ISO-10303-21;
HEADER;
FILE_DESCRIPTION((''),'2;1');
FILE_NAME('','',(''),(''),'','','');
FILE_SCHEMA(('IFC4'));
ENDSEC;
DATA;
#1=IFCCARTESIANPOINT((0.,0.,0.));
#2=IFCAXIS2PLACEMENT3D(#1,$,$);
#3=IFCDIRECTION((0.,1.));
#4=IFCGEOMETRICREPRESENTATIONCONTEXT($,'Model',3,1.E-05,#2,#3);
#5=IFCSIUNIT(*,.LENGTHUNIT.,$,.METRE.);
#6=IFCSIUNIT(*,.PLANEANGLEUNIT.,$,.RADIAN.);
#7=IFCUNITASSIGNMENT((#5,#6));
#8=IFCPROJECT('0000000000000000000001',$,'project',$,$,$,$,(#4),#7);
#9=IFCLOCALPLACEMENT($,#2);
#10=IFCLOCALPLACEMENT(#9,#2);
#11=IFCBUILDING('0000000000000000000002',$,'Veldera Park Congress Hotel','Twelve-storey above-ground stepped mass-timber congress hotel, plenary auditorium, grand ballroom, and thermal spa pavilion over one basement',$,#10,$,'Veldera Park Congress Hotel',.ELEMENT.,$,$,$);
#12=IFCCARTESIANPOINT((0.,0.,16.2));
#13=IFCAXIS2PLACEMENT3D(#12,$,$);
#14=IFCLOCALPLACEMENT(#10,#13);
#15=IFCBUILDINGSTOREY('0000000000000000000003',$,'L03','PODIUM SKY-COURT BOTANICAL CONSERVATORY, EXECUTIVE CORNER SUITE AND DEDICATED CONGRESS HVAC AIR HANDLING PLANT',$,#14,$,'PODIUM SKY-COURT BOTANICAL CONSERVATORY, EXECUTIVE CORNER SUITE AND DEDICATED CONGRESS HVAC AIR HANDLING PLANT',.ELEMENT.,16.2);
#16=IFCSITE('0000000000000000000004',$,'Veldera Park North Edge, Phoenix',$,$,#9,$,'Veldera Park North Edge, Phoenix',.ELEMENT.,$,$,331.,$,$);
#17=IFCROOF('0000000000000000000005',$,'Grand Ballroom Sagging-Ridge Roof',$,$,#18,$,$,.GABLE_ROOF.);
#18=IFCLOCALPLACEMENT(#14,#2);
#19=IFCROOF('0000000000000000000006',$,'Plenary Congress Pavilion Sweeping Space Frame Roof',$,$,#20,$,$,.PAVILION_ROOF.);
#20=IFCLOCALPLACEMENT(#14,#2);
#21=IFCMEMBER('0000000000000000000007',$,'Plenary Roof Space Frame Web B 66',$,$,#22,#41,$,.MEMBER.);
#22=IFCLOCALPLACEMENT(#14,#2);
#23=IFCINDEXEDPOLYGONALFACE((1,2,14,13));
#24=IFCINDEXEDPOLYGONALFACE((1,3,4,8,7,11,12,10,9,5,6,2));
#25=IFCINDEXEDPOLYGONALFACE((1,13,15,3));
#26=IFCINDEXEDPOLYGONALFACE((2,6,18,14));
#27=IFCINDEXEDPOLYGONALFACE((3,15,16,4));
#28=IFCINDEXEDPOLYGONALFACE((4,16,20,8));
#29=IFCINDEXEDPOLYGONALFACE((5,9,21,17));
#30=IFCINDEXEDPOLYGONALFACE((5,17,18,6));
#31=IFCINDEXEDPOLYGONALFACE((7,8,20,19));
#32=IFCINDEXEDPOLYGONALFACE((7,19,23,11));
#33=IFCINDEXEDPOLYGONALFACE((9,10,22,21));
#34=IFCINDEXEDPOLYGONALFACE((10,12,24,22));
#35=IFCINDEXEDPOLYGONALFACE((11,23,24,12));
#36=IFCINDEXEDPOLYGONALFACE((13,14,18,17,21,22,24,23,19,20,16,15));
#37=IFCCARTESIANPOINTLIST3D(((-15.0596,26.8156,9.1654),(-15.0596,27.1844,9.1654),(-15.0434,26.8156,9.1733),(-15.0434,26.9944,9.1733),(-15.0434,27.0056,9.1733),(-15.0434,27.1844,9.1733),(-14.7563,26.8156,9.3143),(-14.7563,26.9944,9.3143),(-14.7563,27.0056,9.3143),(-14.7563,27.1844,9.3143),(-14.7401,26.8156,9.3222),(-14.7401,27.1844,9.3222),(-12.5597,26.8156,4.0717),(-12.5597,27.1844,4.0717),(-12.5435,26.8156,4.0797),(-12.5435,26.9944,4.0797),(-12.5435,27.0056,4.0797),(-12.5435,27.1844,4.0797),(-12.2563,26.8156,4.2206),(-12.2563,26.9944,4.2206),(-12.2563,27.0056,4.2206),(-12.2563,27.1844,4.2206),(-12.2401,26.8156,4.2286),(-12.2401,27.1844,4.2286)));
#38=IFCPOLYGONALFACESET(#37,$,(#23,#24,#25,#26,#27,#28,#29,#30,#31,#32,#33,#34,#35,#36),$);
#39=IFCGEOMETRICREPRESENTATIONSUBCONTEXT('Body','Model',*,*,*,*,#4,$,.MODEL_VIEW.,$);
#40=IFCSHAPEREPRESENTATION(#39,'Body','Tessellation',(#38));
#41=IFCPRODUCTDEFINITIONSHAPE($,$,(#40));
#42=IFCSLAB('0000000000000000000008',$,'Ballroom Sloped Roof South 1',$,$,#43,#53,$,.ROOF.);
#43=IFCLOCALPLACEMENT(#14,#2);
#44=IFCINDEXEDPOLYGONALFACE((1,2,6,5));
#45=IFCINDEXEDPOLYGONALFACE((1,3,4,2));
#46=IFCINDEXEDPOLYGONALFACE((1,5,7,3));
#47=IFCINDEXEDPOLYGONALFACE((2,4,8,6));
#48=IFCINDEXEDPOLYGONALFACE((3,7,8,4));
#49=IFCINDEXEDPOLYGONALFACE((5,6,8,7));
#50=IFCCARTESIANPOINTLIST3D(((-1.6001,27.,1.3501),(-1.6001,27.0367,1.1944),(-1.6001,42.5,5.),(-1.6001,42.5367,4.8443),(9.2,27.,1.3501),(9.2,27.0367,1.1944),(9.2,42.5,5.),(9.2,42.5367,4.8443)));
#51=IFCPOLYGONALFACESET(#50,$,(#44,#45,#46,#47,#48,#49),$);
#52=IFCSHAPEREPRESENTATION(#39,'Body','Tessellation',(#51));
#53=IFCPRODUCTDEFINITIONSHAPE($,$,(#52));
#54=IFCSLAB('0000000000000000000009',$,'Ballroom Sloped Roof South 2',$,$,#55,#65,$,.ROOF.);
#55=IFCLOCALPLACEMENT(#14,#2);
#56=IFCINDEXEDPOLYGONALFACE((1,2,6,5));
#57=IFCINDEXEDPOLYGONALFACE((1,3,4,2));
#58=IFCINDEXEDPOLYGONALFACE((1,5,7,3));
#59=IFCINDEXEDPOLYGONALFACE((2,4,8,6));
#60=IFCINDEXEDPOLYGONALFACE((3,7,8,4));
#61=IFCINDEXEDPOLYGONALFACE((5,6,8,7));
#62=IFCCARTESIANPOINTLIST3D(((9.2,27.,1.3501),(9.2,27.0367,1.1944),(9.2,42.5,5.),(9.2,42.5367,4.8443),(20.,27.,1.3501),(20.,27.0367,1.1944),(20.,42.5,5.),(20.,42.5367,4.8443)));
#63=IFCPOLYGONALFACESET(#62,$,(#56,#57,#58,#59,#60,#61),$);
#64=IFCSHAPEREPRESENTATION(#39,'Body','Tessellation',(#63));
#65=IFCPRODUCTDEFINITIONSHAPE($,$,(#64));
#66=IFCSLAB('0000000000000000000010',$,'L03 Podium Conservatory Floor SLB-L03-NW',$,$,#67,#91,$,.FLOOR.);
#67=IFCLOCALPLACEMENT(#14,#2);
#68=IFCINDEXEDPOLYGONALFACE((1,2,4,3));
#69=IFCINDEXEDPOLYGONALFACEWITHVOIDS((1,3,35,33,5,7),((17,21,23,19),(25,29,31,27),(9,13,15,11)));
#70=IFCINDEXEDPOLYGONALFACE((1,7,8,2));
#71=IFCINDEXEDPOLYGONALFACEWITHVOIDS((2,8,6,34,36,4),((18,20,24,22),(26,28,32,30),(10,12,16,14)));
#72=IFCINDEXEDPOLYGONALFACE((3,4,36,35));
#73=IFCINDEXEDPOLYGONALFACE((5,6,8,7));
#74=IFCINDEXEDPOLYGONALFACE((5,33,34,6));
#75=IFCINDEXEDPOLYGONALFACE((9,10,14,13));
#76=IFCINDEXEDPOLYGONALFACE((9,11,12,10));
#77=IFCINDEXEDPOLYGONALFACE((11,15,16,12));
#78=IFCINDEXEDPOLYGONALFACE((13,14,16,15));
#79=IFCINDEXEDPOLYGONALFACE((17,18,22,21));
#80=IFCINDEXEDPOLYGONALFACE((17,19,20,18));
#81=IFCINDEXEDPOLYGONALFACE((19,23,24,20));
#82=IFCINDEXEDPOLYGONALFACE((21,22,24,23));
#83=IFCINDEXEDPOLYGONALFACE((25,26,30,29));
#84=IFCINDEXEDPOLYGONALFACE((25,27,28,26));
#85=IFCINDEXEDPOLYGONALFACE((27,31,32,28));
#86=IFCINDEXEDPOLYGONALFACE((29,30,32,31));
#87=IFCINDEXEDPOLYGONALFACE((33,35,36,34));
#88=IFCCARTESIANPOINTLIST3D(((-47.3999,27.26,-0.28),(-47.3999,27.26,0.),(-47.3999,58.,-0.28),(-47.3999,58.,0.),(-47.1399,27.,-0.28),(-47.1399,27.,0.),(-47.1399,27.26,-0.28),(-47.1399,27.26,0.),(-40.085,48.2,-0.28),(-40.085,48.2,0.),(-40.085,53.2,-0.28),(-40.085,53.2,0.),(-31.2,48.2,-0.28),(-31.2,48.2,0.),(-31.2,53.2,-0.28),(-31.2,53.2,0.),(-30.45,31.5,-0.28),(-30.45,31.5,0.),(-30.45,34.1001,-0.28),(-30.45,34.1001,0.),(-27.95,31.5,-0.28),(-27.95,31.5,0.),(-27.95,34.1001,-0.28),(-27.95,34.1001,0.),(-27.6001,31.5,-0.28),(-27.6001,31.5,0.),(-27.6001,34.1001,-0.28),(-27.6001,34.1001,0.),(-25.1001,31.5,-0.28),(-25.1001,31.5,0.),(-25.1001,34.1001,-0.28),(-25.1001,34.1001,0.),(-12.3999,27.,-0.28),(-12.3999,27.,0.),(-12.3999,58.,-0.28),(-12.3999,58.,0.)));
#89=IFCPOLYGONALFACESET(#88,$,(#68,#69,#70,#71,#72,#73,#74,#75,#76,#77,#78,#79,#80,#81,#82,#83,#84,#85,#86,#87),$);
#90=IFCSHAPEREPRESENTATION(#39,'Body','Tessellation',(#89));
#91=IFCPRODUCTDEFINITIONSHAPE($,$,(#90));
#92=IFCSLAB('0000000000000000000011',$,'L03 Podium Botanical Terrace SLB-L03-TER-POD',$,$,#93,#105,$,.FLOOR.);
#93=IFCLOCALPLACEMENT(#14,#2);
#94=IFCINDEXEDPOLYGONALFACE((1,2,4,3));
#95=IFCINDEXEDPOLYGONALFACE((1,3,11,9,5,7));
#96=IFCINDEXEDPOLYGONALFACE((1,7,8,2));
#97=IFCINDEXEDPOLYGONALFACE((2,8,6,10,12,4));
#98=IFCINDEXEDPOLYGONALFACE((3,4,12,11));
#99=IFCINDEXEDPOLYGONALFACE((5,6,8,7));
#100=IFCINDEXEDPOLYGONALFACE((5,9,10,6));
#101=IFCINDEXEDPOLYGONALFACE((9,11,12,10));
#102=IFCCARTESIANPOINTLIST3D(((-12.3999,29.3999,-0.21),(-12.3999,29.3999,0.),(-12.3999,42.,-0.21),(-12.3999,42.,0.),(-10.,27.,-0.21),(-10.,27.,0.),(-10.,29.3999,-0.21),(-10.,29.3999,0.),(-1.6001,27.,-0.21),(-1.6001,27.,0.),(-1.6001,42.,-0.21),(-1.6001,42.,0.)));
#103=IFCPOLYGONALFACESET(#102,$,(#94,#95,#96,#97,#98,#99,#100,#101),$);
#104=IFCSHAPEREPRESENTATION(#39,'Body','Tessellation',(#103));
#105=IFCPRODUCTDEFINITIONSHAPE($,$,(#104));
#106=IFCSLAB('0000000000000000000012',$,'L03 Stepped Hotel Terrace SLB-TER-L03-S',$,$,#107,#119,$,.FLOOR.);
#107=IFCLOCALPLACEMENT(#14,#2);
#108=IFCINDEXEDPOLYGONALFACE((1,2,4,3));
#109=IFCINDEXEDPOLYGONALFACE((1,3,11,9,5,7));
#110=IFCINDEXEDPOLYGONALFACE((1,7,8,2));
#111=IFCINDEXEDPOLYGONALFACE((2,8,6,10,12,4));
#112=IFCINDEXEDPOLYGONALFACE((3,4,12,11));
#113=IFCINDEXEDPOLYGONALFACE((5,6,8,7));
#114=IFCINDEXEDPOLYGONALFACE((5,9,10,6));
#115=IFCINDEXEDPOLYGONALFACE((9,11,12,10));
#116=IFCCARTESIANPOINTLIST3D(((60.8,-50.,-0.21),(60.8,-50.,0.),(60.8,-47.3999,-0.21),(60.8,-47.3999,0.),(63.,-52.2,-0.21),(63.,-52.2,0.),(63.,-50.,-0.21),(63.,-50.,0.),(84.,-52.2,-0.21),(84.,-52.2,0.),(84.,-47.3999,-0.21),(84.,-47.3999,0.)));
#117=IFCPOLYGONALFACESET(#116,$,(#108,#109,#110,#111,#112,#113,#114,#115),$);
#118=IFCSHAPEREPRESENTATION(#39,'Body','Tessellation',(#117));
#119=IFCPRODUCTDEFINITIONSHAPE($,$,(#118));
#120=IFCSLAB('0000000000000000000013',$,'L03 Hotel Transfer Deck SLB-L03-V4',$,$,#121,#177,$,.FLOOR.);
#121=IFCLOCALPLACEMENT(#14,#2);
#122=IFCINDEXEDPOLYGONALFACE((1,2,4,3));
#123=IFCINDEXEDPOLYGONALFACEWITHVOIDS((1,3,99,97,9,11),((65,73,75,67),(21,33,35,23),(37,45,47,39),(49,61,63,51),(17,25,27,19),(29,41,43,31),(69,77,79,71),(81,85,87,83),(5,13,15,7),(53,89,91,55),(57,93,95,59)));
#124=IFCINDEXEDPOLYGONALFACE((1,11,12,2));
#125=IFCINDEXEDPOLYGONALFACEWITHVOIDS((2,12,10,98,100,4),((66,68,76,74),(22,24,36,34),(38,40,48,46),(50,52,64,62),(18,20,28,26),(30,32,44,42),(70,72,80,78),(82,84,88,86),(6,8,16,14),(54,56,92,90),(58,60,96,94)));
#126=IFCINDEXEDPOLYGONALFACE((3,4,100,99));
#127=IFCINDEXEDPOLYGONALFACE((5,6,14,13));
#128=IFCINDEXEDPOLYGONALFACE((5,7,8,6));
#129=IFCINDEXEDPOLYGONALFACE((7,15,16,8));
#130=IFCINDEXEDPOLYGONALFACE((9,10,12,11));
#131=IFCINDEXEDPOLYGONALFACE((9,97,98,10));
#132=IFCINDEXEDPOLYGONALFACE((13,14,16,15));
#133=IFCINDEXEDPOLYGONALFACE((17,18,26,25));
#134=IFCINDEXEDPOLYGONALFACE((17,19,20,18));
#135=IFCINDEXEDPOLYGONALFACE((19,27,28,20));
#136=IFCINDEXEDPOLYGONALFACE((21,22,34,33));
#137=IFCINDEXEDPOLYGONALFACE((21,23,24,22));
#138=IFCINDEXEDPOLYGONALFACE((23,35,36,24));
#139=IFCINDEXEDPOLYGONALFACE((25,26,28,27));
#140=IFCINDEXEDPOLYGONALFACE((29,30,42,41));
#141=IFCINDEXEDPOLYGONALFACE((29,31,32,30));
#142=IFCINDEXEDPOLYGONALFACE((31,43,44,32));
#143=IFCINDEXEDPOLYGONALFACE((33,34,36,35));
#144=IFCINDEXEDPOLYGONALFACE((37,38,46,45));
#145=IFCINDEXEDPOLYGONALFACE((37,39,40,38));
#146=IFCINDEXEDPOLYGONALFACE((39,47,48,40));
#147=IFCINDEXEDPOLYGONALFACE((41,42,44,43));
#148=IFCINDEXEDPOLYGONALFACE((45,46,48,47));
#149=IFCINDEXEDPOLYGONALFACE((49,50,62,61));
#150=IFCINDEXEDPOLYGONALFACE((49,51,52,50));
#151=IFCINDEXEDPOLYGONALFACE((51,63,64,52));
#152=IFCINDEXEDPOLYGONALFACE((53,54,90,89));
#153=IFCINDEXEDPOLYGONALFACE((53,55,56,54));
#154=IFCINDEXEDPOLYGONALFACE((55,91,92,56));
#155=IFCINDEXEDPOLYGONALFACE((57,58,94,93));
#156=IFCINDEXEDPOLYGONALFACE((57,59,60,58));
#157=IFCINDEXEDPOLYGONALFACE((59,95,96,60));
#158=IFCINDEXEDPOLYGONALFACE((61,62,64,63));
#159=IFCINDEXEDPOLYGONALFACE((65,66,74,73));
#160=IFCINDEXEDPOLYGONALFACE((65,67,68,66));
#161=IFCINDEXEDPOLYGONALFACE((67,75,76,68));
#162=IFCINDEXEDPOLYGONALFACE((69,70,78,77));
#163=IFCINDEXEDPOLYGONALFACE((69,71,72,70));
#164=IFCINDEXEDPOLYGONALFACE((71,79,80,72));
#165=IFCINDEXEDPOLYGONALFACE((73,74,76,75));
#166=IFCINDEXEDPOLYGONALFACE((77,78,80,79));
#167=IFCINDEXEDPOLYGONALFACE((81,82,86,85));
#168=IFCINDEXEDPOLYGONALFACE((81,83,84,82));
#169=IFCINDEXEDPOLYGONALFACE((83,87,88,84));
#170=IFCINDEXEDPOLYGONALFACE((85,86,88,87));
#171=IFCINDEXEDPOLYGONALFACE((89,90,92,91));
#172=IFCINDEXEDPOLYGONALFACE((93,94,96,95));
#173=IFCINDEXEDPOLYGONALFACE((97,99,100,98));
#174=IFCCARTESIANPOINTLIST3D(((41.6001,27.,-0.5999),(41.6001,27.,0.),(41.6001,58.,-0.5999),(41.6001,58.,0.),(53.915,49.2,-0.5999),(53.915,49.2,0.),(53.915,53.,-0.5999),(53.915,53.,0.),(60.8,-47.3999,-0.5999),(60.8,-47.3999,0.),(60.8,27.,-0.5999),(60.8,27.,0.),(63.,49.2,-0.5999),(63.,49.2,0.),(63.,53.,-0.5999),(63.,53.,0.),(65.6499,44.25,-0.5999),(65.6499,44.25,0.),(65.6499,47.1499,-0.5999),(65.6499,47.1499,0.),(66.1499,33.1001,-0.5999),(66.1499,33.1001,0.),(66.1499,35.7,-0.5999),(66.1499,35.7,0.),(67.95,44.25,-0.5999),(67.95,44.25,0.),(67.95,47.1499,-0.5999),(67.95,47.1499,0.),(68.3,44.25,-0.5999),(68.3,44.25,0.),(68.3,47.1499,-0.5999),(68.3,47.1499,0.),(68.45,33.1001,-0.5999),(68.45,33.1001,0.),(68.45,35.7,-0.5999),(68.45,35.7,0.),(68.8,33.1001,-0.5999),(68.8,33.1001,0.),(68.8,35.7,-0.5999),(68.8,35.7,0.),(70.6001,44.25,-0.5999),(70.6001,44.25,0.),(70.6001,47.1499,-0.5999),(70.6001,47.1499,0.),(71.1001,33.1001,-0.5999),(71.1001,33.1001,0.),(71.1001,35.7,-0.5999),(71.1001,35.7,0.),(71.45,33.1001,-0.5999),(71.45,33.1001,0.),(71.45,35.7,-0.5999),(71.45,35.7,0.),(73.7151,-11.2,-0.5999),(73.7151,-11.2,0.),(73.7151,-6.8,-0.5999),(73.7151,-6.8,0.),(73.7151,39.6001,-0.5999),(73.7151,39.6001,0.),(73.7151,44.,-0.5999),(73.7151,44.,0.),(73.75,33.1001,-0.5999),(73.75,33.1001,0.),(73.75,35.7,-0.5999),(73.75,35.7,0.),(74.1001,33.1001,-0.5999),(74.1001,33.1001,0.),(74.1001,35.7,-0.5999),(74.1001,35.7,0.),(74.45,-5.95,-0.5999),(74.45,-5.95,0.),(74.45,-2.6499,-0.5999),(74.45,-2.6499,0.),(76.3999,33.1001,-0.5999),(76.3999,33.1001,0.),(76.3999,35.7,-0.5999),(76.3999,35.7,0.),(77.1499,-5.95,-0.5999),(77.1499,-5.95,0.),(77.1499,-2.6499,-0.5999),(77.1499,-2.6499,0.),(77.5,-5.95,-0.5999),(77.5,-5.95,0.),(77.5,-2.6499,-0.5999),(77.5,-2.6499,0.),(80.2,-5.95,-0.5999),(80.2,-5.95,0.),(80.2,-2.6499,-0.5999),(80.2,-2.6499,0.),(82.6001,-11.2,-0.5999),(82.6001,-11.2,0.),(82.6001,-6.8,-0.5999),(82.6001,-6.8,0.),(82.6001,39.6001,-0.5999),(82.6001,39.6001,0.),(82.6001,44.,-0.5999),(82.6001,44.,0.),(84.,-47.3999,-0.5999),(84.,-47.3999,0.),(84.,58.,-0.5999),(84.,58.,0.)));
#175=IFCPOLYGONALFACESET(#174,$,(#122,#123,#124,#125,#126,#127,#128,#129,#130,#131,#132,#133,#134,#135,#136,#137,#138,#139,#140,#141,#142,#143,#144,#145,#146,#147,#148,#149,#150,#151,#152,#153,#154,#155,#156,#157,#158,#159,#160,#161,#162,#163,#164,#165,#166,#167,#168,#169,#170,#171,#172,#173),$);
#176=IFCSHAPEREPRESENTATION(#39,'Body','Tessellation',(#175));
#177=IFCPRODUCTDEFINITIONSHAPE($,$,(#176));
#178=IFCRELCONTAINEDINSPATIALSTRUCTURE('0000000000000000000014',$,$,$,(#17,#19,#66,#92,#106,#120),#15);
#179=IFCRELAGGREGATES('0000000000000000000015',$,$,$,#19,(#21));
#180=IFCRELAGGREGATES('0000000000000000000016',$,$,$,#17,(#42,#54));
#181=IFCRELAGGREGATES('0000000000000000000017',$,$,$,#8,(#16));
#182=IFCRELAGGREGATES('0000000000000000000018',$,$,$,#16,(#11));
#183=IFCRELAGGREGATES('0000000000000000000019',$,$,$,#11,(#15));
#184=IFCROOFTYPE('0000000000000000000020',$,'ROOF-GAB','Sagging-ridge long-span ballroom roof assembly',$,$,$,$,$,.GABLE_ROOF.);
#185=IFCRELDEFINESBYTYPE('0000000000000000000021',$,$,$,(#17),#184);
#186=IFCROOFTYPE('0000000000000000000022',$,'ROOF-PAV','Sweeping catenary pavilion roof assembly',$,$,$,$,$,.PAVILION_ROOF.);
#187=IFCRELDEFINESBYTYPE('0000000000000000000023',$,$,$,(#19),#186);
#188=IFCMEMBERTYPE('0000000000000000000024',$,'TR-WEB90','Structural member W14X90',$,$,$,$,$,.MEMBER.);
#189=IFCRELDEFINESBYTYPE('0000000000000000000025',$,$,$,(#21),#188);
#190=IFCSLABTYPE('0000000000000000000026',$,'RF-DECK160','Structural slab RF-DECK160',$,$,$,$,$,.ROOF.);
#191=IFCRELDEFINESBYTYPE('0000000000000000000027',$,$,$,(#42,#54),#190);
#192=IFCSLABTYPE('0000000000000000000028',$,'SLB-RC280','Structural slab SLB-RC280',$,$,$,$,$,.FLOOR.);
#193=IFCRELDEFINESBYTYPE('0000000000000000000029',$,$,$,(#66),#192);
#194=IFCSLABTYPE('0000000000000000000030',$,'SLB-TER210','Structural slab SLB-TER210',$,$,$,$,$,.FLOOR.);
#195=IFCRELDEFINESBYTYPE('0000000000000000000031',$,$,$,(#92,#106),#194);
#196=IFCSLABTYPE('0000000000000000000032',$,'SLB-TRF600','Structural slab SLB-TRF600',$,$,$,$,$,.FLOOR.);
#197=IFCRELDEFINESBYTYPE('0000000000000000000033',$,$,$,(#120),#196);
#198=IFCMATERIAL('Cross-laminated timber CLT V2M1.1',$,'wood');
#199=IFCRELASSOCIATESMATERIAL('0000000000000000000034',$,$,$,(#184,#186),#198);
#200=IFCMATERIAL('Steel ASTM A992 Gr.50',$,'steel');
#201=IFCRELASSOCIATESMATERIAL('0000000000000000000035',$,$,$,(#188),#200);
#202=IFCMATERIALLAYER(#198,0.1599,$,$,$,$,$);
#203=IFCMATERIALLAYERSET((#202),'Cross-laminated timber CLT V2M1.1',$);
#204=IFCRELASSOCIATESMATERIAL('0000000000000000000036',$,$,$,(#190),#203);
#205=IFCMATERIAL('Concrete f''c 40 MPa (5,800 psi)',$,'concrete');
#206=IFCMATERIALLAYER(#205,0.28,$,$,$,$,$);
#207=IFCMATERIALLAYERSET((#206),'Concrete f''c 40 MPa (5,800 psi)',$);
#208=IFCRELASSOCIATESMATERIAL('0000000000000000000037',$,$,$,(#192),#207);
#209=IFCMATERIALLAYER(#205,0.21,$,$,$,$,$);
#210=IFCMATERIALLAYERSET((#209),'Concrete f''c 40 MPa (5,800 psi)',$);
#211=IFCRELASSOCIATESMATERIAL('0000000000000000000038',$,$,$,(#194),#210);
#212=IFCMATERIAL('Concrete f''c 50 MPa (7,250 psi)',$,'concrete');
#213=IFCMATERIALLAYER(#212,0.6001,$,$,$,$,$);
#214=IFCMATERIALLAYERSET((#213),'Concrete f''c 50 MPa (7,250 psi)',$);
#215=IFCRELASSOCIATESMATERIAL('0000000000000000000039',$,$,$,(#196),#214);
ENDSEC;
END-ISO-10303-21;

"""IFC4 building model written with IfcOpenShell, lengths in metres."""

from ifc_helpers import new_model, si_unit, direction, frame, origin, origin_2d, place, context, subcontext, project, spatial, polyline, i_section, outline, extrude, material, layer, layer_set, material_profile, profile_set, type_object, element, aggregate, save


model = new_model("IFC4")

# Units and contexts
model_context = context("Model", 3, precision=1e-05, world=origin(), true_north=direction((0.0, 1.0)))
body_context = subcontext(model_context, "Body", "Model", "MODEL_VIEW")
ifc_project = project(units=[si_unit("LENGTHUNIT", "METRE"), si_unit("PLANEANGLEUNIT", "RADIAN")], contexts=[model_context])

# Site, building, storey
site_placement = place(None, origin())
site = spatial("IfcSite", under=ifc_project, at=site_placement, Name="Veldera Park North Edge, Phoenix", LongName="Veldera Park North Edge, Phoenix", CompositionType="ELEMENT", RefElevation=331.0)
building_placement = place(site_placement, origin())
building = spatial("IfcBuilding", under=site, at=building_placement, Name="Veldera Park Congress Hotel", Description="Twelve-storey above-ground stepped mass-timber congress hotel, plenary auditorium, grand ballroom, and thermal spa pavilion over one basement", LongName="Veldera Park Congress Hotel", CompositionType="ELEMENT")
storey_placement = place(building_placement, frame((0.0, 0.0, 16.2)))
storey = spatial("IfcBuildingStorey", under=building, at=storey_placement, Name="L03", Description="PODIUM SKY-COURT BOTANICAL CONSERVATORY, EXECUTIVE CORNER SUITE AND DEDICATED CONGRESS HVAC AIR HANDLING PLANT", LongName="PODIUM SKY-COURT BOTANICAL CONSERVATORY, EXECUTIVE CORNER SUITE AND DEDICATED CONGRESS HVAC AIR HANDLING PLANT", CompositionType="ELEMENT", Elevation=16.2)

# Shared definitions
ifc_material_1 = material(Name="Steel ASTM A992 Gr.50", Category="steel")

# Roof
ifc_material_2 = material(Name="Cross-laminated timber CLT V2M1.1", Category="wood")
roof_type_1 = type_object("IfcRoofType", Name="ROOF-GAB", Description="Sagging-ridge long-span ballroom roof assembly", PredefinedType="GABLE_ROOF", material=ifc_material_2)
roof_1_placement = place(storey_placement, origin())
roof_1 = element("IfcRoof", 1, at=roof_1_placement, inside=storey, type_object=roof_type_1, Name="Grand Ballroom Sagging-Ridge Roof", PredefinedType="GABLE_ROOF")

# Roof, member
roof_type_2 = type_object("IfcRoofType", Name="ROOF-PAV", Description="Sweeping catenary pavilion roof assembly", PredefinedType="PAVILION_ROOF", material=ifc_material_2)
roof_2_placement = place(storey_placement, origin())
roof_2 = element("IfcRoof", 2, at=roof_2_placement, inside=storey, type_object=roof_type_2, Name="Plenary Congress Pavilion Sweeping Space Frame Roof", PredefinedType="PAVILION_ROOF")
ifc_material_profile_1 = material_profile(ifc_material_1, i_section(OverallWidth=0.3689, OverallDepth=0.356, WebThickness=0.0112, FlangeThickness=0.0181, at=origin_2d()), Name="W14X90")
ifc_profile_set_1 = profile_set([ifc_material_profile_1], Name="Steel ASTM A992 Gr.50")
member_type_1 = type_object("IfcMemberType", Name="TR-WEB90", Description="Structural member W14X90", PredefinedType="MEMBER", material=ifc_profile_set_1)
member_1_placement = place(storey_placement, frame((-12.3999, 27.0, 4.1501), z_axis=(-0.440592, 0.0, 0.897707), x_axis=(0.0, -1.0, 0.0)))
member_1 = element("IfcMember", 3, at=member_1_placement, type_object=member_type_1, Name="Plenary Roof Space Frame Web B 66", PredefinedType="MEMBER", context=body_context, shape_type="SweptSolid", body=[
    extrude(i_section(OverallWidth=0.3689, OverallDepth=0.356, WebThickness=0.0112, FlangeThickness=0.0181, at=origin_2d()), origin(), (0.0, 0.0, 1.0), 5.6741),
])
aggregate(roof_2, [member_1])

# Slabs
ifc_layer_1 = layer(ifc_material_2, 0.1599)
ifc_layer_set_1 = layer_set([ifc_layer_1], Name="Cross-laminated timber CLT V2M1.1")
slab_type_1 = type_object("IfcSlabType", Name="RF-DECK160", Description="Structural slab RF-DECK160", PredefinedType="ROOF", material=ifc_layer_set_1)
slab_1_placement = place(storey_placement, frame((-1.6001, 27.0, 1.3501), z_axis=(0.0, -0.229209, 0.973377), x_axis=(1.0, 0.0, 0.0)))
slab_1 = element("IfcSlab", 4, at=slab_1_placement, type_object=slab_type_1, Name="Ballroom Sloped Roof South 1", PredefinedType="ROOF", context=body_context, shape_type="SweptSolid", body=[
    extrude(outline(polyline([(0.0, 0.0), (10.8, 0.0), (10.8, 15.9239), (0.0, 15.9239), (0.0, 0.0)])), origin(), (0.0, 0.0, -1.0), 0.1599),
])
slab_2_placement = place(storey_placement, frame((9.2, 27.0, 1.3501), z_axis=(0.0, -0.229209, 0.973377), x_axis=(1.0, 0.0, 0.0)))
slab_2 = element("IfcSlab", 5, at=slab_2_placement, type_object=slab_type_1, Name="Ballroom Sloped Roof South 2", PredefinedType="ROOF", context=body_context, shape_type="SweptSolid", body=[
    extrude(outline(polyline([(0.0, 0.0), (10.8, 0.0), (10.8, 15.9239), (0.0, 15.9239), (0.0, 0.0)])), origin(), (0.0, 0.0, -1.0), 0.1599),
])
aggregate(roof_1, [slab_1, slab_2])

# Slabs
ifc_material_3 = material(Name="Concrete f'c 40 MPa (5,800 psi)", Category="concrete")
ifc_layer_2 = layer(ifc_material_3, 0.28)
ifc_layer_set_2 = layer_set([ifc_layer_2], Name="Concrete f'c 40 MPa (5,800 psi)")
slab_type_2 = type_object("IfcSlabType", Name="SLB-RC280", Description="Structural slab SLB-RC280", PredefinedType="FLOOR", material=ifc_layer_set_2)
slab_3_placement = place(storey_placement, frame((0.0, 0.0, -0.28)))
element("IfcSlab", 6, at=slab_3_placement, inside=storey, type_object=slab_type_2, Name="L03 Podium Conservatory Floor SLB-L03-NW", PredefinedType="FLOOR", context=body_context, shape_type="SweptSolid", body=[
    extrude(outline(polyline([(-47.3999, 27.26), (-47.1399, 27.26), (-47.1399, 27.0), (-12.3999, 27.0), (-12.3999, 58.0), (-47.3999, 58.0), (-47.3999, 27.26)]), holes=[polyline([(-40.085, 48.2), (-31.2, 48.2), (-31.2, 53.2), (-40.085, 53.2), (-40.085, 48.2)]), polyline([(-30.45, 31.5), (-27.95, 31.5), (-27.95, 34.1001), (-30.45, 34.1001), (-30.45, 31.5)]), polyline([(-27.6001, 31.5), (-25.1001, 31.5), (-25.1001, 34.1001), (-27.6001, 34.1001), (-27.6001, 31.5)])]), origin(), (0.0, 0.0, 1.0), 0.28),
])
ifc_layer_3 = layer(ifc_material_3, 0.21)
ifc_layer_set_3 = layer_set([ifc_layer_3], Name="Concrete f'c 40 MPa (5,800 psi)")
slab_type_3 = type_object("IfcSlabType", Name="SLB-TER210", Description="Structural slab SLB-TER210", PredefinedType="FLOOR", material=ifc_layer_set_3)
slab_4_placement = place(storey_placement, frame((0.0, 0.0, -0.21)))
element("IfcSlab", 7, at=slab_4_placement, inside=storey, type_object=slab_type_3, Name="L03 Podium Botanical Terrace SLB-L03-TER-POD", PredefinedType="FLOOR", context=body_context, shape_type="SweptSolid", body=[
    extrude(outline(polyline([(-12.3999, 29.3999), (-10.0, 29.3999), (-10.0, 27.0), (-1.6001, 27.0), (-1.6001, 42.0), (-12.3999, 42.0), (-12.3999, 29.3999)])), origin(), (0.0, 0.0, 1.0), 0.21),
])
slab_5_placement = place(storey_placement, frame((0.0, 0.0, -0.21)))
element("IfcSlab", 8, at=slab_5_placement, inside=storey, type_object=slab_type_3, Name="L03 Stepped Hotel Terrace SLB-TER-L03-S", PredefinedType="FLOOR", context=body_context, shape_type="SweptSolid", body=[
    extrude(outline(polyline([(60.8, -50.0), (63.0, -50.0), (63.0, -52.2), (84.0, -52.2), (84.0, -47.3999), (60.8, -47.3999), (60.8, -50.0)])), origin(), (0.0, 0.0, 1.0), 0.21),
])
ifc_material_4 = material(Name="Concrete f'c 50 MPa (7,250 psi)", Category="concrete")
ifc_layer_4 = layer(ifc_material_4, 0.6001)
ifc_layer_set_4 = layer_set([ifc_layer_4], Name="Concrete f'c 50 MPa (7,250 psi)")
slab_type_4 = type_object("IfcSlabType", Name="SLB-TRF600", Description="Structural slab SLB-TRF600", PredefinedType="FLOOR", material=ifc_layer_set_4)
slab_6_placement = place(storey_placement, frame((0.0, 0.0, -0.5999)))
element("IfcSlab", 9, at=slab_6_placement, inside=storey, type_object=slab_type_4, Name="L03 Hotel Transfer Deck SLB-L03-V4", PredefinedType="FLOOR", context=body_context, shape_type="SweptSolid", body=[
    extrude(outline(polyline([(60.8, -47.3999), (84.0, -47.3999), (84.0, 58.0), (41.6001, 58.0), (41.6001, 27.0), (60.8, 27.0), (60.8, -47.3999)]), holes=[polyline([(73.7151, 39.6001), (82.6001, 39.6001), (82.6001, 44.0), (73.7151, 44.0), (73.7151, 39.6001)]), polyline([(73.7151, -11.2), (82.6001, -11.2), (82.6001, -6.8), (73.7151, -6.8), (73.7151, -11.2)]), polyline([(53.915, 49.2), (63.0, 49.2), (63.0, 53.0), (53.915, 53.0), (53.915, 49.2)]), polyline([(65.6499, 44.25), (67.95, 44.25), (67.95, 47.1499), (65.6499, 47.1499), (65.6499, 44.25)]), polyline([(68.3, 44.25), (70.6001, 44.25), (70.6001, 47.1499), (68.3, 47.1499), (68.3, 44.25)]), polyline([(66.1499, 33.1001), (68.45, 33.1001), (68.45, 35.7), (66.1499, 35.7), (66.1499, 33.1001)]), polyline([(68.8, 33.1001), (71.1001, 33.1001), (71.1001, 35.7), (68.8, 35.7), (68.8, 33.1001)]), polyline([(71.45, 33.1001), (73.75, 33.1001), (73.75, 35.7), (71.45, 35.7), (71.45, 33.1001)]), polyline([(74.1001, 33.1001), (76.3999, 33.1001), (76.3999, 35.7), (74.1001, 35.7), (74.1001, 33.1001)]), polyline([(74.45, -5.95), (77.1499, -5.95), (77.1499, -2.6499), (74.45, -2.6499), (74.45, -5.95)]), polyline([(77.5, -5.95), (80.2, -5.95), (80.2, -2.6499), (77.5, -2.6499), (77.5, -5.95)])]), origin(), (0.0, 0.0, 1.0), 0.5999),
])

save(model, "model.ifc")
